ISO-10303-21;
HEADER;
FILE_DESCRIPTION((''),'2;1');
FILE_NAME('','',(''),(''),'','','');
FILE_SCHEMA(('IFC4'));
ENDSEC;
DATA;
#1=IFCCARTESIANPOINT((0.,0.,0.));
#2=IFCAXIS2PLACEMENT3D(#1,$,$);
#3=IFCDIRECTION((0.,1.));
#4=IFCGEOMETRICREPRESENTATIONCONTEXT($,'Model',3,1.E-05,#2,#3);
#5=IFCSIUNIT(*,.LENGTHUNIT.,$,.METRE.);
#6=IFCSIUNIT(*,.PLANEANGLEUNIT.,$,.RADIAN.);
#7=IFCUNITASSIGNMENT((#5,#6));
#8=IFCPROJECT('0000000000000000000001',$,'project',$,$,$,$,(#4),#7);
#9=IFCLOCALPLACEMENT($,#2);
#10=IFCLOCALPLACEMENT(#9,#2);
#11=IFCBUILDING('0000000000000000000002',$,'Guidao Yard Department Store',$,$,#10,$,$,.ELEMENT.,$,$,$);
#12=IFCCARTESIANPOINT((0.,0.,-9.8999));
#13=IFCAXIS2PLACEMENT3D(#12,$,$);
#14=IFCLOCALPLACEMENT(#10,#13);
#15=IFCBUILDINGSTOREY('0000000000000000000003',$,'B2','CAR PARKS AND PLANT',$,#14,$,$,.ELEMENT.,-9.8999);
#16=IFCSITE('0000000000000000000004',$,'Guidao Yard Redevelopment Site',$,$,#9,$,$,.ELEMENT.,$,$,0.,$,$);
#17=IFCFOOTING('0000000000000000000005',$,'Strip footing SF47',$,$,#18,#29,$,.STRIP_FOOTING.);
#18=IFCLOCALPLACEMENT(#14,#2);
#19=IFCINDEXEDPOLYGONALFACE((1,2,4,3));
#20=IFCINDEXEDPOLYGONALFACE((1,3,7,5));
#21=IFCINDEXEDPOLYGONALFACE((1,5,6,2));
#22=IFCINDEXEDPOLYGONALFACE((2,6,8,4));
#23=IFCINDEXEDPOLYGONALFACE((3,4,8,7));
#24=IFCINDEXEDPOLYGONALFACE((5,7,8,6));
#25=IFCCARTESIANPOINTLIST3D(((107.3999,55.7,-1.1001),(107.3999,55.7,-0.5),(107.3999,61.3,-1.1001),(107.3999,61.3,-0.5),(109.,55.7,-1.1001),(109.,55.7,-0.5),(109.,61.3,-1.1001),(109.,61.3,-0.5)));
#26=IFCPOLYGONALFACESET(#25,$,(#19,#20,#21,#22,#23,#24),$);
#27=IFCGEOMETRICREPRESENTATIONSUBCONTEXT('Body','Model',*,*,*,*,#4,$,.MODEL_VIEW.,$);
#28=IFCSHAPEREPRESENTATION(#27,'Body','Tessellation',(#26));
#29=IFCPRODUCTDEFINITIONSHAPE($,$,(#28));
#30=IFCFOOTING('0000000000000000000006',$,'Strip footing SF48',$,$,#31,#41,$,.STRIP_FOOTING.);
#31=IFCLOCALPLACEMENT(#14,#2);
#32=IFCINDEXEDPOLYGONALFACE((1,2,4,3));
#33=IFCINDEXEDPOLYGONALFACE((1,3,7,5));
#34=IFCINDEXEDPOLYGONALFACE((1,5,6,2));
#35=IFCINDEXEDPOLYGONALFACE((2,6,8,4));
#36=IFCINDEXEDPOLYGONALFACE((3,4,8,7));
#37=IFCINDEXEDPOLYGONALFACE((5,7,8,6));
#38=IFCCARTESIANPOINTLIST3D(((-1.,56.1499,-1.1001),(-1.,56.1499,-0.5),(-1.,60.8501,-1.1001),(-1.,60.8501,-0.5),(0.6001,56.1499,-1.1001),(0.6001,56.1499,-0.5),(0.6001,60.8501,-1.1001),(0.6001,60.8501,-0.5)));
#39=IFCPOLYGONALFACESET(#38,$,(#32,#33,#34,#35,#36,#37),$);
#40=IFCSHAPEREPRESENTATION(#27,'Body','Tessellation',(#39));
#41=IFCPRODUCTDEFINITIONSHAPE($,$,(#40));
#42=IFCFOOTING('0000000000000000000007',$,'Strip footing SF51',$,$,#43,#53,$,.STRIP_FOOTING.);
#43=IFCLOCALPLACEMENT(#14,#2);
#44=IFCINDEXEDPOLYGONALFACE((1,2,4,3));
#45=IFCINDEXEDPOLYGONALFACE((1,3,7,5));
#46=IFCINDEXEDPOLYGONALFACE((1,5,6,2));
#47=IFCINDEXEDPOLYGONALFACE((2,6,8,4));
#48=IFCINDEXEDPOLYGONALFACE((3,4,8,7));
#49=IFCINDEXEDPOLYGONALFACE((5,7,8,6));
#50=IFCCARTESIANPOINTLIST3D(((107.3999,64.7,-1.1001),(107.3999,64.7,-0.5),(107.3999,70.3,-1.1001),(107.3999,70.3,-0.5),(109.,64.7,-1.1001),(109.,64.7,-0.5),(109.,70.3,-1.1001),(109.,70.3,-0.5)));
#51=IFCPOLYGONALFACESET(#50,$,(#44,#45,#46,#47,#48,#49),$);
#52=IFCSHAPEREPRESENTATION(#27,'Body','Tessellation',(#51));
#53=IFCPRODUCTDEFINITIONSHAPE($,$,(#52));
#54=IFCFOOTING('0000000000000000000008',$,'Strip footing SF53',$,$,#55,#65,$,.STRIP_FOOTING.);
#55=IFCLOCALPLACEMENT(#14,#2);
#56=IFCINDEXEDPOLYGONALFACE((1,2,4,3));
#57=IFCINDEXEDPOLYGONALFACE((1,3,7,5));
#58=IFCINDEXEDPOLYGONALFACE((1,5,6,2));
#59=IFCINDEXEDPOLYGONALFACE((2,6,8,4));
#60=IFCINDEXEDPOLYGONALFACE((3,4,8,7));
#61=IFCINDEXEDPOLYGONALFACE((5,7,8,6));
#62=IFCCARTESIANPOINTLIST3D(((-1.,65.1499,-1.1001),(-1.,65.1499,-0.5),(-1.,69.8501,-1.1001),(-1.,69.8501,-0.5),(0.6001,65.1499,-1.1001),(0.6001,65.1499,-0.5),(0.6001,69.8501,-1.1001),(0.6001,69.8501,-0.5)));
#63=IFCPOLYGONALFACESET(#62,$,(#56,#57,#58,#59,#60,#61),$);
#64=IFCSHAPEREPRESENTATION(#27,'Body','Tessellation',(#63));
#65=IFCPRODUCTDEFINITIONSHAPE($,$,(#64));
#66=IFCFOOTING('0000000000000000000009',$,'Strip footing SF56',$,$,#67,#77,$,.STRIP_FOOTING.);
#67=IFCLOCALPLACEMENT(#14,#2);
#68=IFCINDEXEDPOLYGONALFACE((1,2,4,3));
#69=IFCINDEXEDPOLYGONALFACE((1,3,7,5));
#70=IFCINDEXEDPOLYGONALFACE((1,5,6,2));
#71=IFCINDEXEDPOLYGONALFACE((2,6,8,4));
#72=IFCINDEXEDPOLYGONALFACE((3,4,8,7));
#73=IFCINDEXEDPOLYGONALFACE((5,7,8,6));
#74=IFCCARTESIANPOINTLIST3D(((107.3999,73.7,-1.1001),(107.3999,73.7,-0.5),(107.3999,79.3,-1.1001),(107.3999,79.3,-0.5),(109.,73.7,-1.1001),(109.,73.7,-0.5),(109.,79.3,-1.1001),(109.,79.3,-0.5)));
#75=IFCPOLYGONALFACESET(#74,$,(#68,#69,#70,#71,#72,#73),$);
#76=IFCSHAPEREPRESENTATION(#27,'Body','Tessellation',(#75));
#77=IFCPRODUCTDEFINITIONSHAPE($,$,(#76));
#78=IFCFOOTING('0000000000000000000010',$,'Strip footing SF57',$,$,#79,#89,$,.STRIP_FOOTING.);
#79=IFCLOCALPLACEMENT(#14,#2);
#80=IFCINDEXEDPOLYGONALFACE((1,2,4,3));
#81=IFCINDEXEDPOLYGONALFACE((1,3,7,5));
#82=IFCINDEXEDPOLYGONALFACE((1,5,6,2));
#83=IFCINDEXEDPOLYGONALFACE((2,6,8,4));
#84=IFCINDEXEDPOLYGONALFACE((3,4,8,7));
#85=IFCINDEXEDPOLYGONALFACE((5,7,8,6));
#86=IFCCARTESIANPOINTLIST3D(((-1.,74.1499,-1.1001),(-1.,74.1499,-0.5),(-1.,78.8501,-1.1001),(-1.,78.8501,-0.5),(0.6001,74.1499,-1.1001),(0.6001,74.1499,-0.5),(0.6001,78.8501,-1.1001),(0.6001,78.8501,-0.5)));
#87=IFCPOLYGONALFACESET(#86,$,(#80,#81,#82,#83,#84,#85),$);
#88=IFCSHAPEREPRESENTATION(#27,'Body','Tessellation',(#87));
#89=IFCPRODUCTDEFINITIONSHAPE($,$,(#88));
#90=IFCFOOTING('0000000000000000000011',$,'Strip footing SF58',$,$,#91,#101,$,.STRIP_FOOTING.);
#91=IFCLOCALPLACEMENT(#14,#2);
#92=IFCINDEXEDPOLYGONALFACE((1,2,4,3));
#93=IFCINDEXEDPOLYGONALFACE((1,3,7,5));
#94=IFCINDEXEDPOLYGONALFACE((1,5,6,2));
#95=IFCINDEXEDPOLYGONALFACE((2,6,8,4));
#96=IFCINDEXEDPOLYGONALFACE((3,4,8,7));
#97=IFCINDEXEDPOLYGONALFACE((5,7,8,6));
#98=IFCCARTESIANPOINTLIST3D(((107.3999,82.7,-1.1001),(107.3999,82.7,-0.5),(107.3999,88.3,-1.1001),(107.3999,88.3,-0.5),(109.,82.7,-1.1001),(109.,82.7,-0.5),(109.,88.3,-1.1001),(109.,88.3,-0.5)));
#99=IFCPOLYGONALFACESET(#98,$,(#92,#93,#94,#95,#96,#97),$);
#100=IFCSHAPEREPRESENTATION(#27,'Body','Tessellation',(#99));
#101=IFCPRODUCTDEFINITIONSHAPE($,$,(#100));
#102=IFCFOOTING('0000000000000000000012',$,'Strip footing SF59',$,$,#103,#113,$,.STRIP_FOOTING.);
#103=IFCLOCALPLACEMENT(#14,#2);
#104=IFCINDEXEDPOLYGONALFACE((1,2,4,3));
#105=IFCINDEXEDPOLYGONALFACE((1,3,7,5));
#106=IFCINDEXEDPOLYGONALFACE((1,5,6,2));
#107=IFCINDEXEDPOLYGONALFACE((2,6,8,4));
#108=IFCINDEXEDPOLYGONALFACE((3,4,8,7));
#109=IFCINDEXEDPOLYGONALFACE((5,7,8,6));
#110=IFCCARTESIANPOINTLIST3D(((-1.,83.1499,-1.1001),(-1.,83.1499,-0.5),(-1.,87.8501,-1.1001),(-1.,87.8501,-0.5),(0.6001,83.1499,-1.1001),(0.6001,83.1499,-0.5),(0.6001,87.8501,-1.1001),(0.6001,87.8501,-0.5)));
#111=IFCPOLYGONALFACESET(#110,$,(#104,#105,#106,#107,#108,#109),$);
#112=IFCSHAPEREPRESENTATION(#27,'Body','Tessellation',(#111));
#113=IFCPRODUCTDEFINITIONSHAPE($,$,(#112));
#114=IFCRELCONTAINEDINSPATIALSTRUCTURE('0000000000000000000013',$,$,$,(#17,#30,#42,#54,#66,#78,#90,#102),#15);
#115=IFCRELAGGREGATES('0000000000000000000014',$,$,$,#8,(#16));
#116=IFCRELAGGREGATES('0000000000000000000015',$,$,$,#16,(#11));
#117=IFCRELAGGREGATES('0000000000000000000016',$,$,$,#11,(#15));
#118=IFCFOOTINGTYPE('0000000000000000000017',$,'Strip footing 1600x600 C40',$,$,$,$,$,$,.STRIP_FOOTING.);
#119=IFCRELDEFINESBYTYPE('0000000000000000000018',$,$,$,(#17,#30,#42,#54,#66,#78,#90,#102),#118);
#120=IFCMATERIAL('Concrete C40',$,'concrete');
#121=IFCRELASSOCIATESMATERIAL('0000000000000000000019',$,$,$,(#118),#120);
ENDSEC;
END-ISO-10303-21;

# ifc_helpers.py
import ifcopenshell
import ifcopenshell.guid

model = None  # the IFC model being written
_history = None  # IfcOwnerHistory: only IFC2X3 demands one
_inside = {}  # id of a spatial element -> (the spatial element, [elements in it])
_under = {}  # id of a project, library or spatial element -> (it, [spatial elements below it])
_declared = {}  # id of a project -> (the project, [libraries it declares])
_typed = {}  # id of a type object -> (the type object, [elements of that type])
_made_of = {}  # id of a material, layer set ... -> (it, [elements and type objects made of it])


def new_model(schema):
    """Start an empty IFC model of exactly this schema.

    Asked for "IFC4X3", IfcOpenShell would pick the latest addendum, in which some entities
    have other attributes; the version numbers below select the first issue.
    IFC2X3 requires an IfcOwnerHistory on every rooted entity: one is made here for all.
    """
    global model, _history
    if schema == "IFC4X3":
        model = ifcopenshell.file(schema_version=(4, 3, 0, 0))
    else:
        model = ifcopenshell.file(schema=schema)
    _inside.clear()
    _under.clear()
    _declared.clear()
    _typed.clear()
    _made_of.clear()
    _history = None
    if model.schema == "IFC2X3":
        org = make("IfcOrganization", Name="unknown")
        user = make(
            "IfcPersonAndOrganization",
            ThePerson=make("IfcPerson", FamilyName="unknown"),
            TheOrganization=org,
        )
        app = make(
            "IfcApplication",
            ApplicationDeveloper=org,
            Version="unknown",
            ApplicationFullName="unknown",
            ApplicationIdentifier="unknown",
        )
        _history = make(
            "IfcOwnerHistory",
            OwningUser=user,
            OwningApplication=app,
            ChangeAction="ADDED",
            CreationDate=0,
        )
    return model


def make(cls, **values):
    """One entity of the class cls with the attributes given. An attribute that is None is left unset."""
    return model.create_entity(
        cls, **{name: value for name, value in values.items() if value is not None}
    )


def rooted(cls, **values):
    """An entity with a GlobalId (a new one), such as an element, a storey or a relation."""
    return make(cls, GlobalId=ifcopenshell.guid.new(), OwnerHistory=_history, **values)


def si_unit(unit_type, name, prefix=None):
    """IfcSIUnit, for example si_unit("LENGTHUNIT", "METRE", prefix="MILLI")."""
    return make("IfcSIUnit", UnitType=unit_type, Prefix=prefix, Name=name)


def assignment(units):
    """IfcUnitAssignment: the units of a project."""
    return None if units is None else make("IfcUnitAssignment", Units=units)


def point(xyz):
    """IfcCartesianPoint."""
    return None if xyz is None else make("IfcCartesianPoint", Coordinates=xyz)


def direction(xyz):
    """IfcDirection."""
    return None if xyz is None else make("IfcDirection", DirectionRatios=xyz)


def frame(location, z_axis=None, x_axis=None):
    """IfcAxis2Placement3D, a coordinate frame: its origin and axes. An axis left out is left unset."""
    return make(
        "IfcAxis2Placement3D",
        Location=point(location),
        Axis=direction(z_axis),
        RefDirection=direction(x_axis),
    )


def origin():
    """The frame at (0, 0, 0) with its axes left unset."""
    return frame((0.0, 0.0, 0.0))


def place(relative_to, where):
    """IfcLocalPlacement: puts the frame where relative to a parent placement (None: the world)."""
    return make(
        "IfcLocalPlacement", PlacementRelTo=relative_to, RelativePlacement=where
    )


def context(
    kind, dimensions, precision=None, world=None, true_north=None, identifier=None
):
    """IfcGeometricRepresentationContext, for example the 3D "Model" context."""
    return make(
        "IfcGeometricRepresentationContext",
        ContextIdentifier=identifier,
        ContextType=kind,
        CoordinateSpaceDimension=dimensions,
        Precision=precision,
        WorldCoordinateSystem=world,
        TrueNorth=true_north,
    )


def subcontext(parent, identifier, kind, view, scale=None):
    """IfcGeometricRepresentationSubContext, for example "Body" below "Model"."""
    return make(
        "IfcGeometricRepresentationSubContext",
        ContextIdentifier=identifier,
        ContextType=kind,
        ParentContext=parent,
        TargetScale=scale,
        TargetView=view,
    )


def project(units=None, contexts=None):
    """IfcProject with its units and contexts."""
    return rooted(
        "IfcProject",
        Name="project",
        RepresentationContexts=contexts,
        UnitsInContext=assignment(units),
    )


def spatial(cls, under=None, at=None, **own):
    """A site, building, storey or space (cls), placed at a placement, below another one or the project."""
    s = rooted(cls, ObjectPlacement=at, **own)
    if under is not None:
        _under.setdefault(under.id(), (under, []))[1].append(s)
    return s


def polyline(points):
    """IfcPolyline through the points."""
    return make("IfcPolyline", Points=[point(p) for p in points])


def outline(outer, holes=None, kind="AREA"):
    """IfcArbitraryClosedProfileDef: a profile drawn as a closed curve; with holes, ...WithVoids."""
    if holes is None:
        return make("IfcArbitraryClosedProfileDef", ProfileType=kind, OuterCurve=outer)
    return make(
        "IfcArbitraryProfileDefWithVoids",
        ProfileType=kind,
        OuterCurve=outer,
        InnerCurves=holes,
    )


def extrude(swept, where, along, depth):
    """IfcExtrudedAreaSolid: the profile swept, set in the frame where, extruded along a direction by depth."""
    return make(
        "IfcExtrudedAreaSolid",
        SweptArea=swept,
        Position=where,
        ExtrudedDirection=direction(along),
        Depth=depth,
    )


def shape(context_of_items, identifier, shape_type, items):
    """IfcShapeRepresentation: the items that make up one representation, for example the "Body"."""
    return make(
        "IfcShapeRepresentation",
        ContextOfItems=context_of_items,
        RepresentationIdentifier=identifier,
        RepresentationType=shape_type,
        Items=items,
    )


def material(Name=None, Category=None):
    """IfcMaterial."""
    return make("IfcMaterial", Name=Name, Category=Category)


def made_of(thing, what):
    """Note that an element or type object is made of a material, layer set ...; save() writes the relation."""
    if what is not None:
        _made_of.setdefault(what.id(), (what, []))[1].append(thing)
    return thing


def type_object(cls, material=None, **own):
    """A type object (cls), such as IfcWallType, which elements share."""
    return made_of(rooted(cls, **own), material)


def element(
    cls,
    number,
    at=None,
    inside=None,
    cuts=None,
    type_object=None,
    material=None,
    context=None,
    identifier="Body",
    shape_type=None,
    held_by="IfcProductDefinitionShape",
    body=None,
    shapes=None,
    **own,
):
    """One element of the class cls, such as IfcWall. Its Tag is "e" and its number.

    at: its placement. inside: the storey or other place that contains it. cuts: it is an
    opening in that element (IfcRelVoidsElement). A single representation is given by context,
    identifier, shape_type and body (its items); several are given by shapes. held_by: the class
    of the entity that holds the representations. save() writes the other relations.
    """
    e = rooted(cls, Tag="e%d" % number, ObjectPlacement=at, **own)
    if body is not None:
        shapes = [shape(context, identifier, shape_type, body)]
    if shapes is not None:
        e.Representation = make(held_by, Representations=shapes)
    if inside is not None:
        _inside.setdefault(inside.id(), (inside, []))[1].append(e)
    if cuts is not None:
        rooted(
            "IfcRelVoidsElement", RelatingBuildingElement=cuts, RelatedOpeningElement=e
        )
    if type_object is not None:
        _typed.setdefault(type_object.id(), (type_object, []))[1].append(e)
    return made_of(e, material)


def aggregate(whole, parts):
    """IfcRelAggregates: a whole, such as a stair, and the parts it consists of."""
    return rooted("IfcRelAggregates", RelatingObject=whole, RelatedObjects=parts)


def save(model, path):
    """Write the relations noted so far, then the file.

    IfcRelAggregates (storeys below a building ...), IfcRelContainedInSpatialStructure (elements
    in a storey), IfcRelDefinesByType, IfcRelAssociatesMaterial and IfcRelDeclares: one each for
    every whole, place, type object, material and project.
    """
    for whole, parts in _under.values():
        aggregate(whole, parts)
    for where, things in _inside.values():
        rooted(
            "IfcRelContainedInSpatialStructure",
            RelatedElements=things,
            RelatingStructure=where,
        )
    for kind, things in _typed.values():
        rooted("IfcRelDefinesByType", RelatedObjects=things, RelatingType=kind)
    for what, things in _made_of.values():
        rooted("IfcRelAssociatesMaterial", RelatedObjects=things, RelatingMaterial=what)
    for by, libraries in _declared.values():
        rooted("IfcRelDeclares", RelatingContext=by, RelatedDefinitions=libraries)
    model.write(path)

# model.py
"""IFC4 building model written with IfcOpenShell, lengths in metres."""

from ifc_helpers import new_model, si_unit, direction, frame, origin, place, context, subcontext, project, spatial, polyline, outline, extrude, material, type_object, element, save


model = new_model("IFC4")

# Units and contexts
model_context = context("Model", 3, precision=1e-05, world=origin(), true_north=direction((0.0, 1.0)))
body_context = subcontext(model_context, "Body", "Model", "MODEL_VIEW")
ifc_project = project(units=[si_unit("LENGTHUNIT", "METRE"), si_unit("PLANEANGLEUNIT", "RADIAN")], contexts=[model_context])

# Site, building, storey
site_placement = place(None, origin())
site = spatial("IfcSite", under=ifc_project, at=site_placement, Name="Guidao Yard Redevelopment Site", CompositionType="ELEMENT", RefElevation=0.0)
building_placement = place(site_placement, origin())
building = spatial("IfcBuilding", under=site, at=building_placement, Name="Guidao Yard Department Store", CompositionType="ELEMENT")
storey_placement = place(building_placement, frame((0.0, 0.0, -9.8999)))
storey = spatial("IfcBuildingStorey", under=building, at=storey_placement, Name="B2", Description="CAR PARKS AND PLANT", CompositionType="ELEMENT", Elevation=-9.8999)

# Footings
ifc_material_1 = material(Name="Concrete C40", Category="concrete")
footing_type_1 = type_object("IfcFootingType", Name="Strip footing 1600x600 C40", PredefinedType="STRIP_FOOTING", material=ifc_material_1)
footing_1_placement = place(storey_placement, frame((0.0, 0.0, -1.1001)))
element("IfcFooting", 1, at=footing_1_placement, inside=storey, type_object=footing_type_1, Name="Strip footing SF47", PredefinedType="STRIP_FOOTING", context=body_context, shape_type="SweptSolid", body=[
    extrude(outline(polyline([(109.0, 55.7), (109.0, 61.3), (107.3999, 61.3), (107.3999, 55.7), (109.0, 55.7)])), origin(), (0.0, 0.0, 1.0), 0.6001),
])
footing_2_placement = place(storey_placement, frame((0.0, 0.0, -1.1001)))
element("IfcFooting", 2, at=footing_2_placement, inside=storey, type_object=footing_type_1, Name="Strip footing SF48", PredefinedType="STRIP_FOOTING", context=body_context, shape_type="SweptSolid", body=[
    extrude(outline(polyline([(0.6001, 56.1499), (0.6001, 60.8501), (-1.0, 60.8501), (-1.0, 56.1499), (0.6001, 56.1499)])), origin(), (0.0, 0.0, 1.0), 0.6001),
])
footing_3_placement = place(storey_placement, frame((0.0, 0.0, -1.1001)))
element("IfcFooting", 3, at=footing_3_placement, inside=storey, type_object=footing_type_1, Name="Strip footing SF51", PredefinedType="STRIP_FOOTING", context=body_context, shape_type="SweptSolid", body=[
    extrude(outline(polyline([(109.0, 64.7), (109.0, 70.3), (107.3999, 70.3), (107.3999, 64.7), (109.0, 64.7)])), origin(), (0.0, 0.0, 1.0), 0.6001),
])
footing_4_placement = place(storey_placement, frame((0.0, 0.0, -1.1001)))
element("IfcFooting", 4, at=footing_4_placement, inside=storey, type_object=footing_type_1, Name="Strip footing SF53", PredefinedType="STRIP_FOOTING", context=body_context, shape_type="SweptSolid", body=[
    extrude(outline(polyline([(0.6001, 65.1499), (0.6001, 69.8501), (-1.0, 69.8501), (-1.0, 65.1499), (0.6001, 65.1499)])), origin(), (0.0, 0.0, 1.0), 0.6001),
])
footing_5_placement = place(storey_placement, frame((0.0, 0.0, -1.1001)))
element("IfcFooting", 5, at=footing_5_placement, inside=storey, type_object=footing_type_1, Name="Strip footing SF56", PredefinedType="STRIP_FOOTING", context=body_context, shape_type="SweptSolid", body=[
    extrude(outline(polyline([(109.0, 73.7), (109.0, 79.3), (107.3999, 79.3), (107.3999, 73.7), (109.0, 73.7)])), origin(), (0.0, 0.0, 1.0), 0.6001),
])
footing_6_placement = place(storey_placement, frame((0.0, 0.0, -1.1001)))
element("IfcFooting", 6, at=footing_6_placement, inside=storey, type_object=footing_type_1, Name="Strip footing SF57", PredefinedType="STRIP_FOOTING", context=body_context, shape_type="SweptSolid", body=[
    extrude(outline(polyline([(0.6001, 74.1499), (0.6001, 78.8501), (-1.0, 78.8501), (-1.0, 74.1499), (0.6001, 74.1499)])), origin(), (0.0, 0.0, 1.0), 0.6001),
])
footing_7_placement = place(storey_placement, frame((0.0, 0.0, -1.1001)))
element("IfcFooting", 7, at=footing_7_placement, inside=storey, type_object=footing_type_1, Name="Strip footing SF58", PredefinedType="STRIP_FOOTING", context=body_context, shape_type="SweptSolid", body=[
    extrude(outline(polyline([(109.0, 82.7), (109.0, 88.3), (107.3999, 88.3), (107.3999, 82.7), (109.0, 82.7)])), origin(), (0.0, 0.0, 1.0), 0.6001),
])
footing_8_placement = place(storey_placement, frame((0.0, 0.0, -1.1001)))
element("IfcFooting", 8, at=footing_8_placement, inside=storey, type_object=footing_type_1, Name="Strip footing SF59", PredefinedType="STRIP_FOOTING", context=body_context, shape_type="SweptSolid", body=[
    extrude(outline(polyline([(0.6001, 83.1499), (0.6001, 87.8501), (-1.0, 87.8501), (-1.0, 83.1499), (0.6001, 83.1499)])), origin(), (0.0, 0.0, 1.0), 0.6001),
])

save(model, "model.ifc")
